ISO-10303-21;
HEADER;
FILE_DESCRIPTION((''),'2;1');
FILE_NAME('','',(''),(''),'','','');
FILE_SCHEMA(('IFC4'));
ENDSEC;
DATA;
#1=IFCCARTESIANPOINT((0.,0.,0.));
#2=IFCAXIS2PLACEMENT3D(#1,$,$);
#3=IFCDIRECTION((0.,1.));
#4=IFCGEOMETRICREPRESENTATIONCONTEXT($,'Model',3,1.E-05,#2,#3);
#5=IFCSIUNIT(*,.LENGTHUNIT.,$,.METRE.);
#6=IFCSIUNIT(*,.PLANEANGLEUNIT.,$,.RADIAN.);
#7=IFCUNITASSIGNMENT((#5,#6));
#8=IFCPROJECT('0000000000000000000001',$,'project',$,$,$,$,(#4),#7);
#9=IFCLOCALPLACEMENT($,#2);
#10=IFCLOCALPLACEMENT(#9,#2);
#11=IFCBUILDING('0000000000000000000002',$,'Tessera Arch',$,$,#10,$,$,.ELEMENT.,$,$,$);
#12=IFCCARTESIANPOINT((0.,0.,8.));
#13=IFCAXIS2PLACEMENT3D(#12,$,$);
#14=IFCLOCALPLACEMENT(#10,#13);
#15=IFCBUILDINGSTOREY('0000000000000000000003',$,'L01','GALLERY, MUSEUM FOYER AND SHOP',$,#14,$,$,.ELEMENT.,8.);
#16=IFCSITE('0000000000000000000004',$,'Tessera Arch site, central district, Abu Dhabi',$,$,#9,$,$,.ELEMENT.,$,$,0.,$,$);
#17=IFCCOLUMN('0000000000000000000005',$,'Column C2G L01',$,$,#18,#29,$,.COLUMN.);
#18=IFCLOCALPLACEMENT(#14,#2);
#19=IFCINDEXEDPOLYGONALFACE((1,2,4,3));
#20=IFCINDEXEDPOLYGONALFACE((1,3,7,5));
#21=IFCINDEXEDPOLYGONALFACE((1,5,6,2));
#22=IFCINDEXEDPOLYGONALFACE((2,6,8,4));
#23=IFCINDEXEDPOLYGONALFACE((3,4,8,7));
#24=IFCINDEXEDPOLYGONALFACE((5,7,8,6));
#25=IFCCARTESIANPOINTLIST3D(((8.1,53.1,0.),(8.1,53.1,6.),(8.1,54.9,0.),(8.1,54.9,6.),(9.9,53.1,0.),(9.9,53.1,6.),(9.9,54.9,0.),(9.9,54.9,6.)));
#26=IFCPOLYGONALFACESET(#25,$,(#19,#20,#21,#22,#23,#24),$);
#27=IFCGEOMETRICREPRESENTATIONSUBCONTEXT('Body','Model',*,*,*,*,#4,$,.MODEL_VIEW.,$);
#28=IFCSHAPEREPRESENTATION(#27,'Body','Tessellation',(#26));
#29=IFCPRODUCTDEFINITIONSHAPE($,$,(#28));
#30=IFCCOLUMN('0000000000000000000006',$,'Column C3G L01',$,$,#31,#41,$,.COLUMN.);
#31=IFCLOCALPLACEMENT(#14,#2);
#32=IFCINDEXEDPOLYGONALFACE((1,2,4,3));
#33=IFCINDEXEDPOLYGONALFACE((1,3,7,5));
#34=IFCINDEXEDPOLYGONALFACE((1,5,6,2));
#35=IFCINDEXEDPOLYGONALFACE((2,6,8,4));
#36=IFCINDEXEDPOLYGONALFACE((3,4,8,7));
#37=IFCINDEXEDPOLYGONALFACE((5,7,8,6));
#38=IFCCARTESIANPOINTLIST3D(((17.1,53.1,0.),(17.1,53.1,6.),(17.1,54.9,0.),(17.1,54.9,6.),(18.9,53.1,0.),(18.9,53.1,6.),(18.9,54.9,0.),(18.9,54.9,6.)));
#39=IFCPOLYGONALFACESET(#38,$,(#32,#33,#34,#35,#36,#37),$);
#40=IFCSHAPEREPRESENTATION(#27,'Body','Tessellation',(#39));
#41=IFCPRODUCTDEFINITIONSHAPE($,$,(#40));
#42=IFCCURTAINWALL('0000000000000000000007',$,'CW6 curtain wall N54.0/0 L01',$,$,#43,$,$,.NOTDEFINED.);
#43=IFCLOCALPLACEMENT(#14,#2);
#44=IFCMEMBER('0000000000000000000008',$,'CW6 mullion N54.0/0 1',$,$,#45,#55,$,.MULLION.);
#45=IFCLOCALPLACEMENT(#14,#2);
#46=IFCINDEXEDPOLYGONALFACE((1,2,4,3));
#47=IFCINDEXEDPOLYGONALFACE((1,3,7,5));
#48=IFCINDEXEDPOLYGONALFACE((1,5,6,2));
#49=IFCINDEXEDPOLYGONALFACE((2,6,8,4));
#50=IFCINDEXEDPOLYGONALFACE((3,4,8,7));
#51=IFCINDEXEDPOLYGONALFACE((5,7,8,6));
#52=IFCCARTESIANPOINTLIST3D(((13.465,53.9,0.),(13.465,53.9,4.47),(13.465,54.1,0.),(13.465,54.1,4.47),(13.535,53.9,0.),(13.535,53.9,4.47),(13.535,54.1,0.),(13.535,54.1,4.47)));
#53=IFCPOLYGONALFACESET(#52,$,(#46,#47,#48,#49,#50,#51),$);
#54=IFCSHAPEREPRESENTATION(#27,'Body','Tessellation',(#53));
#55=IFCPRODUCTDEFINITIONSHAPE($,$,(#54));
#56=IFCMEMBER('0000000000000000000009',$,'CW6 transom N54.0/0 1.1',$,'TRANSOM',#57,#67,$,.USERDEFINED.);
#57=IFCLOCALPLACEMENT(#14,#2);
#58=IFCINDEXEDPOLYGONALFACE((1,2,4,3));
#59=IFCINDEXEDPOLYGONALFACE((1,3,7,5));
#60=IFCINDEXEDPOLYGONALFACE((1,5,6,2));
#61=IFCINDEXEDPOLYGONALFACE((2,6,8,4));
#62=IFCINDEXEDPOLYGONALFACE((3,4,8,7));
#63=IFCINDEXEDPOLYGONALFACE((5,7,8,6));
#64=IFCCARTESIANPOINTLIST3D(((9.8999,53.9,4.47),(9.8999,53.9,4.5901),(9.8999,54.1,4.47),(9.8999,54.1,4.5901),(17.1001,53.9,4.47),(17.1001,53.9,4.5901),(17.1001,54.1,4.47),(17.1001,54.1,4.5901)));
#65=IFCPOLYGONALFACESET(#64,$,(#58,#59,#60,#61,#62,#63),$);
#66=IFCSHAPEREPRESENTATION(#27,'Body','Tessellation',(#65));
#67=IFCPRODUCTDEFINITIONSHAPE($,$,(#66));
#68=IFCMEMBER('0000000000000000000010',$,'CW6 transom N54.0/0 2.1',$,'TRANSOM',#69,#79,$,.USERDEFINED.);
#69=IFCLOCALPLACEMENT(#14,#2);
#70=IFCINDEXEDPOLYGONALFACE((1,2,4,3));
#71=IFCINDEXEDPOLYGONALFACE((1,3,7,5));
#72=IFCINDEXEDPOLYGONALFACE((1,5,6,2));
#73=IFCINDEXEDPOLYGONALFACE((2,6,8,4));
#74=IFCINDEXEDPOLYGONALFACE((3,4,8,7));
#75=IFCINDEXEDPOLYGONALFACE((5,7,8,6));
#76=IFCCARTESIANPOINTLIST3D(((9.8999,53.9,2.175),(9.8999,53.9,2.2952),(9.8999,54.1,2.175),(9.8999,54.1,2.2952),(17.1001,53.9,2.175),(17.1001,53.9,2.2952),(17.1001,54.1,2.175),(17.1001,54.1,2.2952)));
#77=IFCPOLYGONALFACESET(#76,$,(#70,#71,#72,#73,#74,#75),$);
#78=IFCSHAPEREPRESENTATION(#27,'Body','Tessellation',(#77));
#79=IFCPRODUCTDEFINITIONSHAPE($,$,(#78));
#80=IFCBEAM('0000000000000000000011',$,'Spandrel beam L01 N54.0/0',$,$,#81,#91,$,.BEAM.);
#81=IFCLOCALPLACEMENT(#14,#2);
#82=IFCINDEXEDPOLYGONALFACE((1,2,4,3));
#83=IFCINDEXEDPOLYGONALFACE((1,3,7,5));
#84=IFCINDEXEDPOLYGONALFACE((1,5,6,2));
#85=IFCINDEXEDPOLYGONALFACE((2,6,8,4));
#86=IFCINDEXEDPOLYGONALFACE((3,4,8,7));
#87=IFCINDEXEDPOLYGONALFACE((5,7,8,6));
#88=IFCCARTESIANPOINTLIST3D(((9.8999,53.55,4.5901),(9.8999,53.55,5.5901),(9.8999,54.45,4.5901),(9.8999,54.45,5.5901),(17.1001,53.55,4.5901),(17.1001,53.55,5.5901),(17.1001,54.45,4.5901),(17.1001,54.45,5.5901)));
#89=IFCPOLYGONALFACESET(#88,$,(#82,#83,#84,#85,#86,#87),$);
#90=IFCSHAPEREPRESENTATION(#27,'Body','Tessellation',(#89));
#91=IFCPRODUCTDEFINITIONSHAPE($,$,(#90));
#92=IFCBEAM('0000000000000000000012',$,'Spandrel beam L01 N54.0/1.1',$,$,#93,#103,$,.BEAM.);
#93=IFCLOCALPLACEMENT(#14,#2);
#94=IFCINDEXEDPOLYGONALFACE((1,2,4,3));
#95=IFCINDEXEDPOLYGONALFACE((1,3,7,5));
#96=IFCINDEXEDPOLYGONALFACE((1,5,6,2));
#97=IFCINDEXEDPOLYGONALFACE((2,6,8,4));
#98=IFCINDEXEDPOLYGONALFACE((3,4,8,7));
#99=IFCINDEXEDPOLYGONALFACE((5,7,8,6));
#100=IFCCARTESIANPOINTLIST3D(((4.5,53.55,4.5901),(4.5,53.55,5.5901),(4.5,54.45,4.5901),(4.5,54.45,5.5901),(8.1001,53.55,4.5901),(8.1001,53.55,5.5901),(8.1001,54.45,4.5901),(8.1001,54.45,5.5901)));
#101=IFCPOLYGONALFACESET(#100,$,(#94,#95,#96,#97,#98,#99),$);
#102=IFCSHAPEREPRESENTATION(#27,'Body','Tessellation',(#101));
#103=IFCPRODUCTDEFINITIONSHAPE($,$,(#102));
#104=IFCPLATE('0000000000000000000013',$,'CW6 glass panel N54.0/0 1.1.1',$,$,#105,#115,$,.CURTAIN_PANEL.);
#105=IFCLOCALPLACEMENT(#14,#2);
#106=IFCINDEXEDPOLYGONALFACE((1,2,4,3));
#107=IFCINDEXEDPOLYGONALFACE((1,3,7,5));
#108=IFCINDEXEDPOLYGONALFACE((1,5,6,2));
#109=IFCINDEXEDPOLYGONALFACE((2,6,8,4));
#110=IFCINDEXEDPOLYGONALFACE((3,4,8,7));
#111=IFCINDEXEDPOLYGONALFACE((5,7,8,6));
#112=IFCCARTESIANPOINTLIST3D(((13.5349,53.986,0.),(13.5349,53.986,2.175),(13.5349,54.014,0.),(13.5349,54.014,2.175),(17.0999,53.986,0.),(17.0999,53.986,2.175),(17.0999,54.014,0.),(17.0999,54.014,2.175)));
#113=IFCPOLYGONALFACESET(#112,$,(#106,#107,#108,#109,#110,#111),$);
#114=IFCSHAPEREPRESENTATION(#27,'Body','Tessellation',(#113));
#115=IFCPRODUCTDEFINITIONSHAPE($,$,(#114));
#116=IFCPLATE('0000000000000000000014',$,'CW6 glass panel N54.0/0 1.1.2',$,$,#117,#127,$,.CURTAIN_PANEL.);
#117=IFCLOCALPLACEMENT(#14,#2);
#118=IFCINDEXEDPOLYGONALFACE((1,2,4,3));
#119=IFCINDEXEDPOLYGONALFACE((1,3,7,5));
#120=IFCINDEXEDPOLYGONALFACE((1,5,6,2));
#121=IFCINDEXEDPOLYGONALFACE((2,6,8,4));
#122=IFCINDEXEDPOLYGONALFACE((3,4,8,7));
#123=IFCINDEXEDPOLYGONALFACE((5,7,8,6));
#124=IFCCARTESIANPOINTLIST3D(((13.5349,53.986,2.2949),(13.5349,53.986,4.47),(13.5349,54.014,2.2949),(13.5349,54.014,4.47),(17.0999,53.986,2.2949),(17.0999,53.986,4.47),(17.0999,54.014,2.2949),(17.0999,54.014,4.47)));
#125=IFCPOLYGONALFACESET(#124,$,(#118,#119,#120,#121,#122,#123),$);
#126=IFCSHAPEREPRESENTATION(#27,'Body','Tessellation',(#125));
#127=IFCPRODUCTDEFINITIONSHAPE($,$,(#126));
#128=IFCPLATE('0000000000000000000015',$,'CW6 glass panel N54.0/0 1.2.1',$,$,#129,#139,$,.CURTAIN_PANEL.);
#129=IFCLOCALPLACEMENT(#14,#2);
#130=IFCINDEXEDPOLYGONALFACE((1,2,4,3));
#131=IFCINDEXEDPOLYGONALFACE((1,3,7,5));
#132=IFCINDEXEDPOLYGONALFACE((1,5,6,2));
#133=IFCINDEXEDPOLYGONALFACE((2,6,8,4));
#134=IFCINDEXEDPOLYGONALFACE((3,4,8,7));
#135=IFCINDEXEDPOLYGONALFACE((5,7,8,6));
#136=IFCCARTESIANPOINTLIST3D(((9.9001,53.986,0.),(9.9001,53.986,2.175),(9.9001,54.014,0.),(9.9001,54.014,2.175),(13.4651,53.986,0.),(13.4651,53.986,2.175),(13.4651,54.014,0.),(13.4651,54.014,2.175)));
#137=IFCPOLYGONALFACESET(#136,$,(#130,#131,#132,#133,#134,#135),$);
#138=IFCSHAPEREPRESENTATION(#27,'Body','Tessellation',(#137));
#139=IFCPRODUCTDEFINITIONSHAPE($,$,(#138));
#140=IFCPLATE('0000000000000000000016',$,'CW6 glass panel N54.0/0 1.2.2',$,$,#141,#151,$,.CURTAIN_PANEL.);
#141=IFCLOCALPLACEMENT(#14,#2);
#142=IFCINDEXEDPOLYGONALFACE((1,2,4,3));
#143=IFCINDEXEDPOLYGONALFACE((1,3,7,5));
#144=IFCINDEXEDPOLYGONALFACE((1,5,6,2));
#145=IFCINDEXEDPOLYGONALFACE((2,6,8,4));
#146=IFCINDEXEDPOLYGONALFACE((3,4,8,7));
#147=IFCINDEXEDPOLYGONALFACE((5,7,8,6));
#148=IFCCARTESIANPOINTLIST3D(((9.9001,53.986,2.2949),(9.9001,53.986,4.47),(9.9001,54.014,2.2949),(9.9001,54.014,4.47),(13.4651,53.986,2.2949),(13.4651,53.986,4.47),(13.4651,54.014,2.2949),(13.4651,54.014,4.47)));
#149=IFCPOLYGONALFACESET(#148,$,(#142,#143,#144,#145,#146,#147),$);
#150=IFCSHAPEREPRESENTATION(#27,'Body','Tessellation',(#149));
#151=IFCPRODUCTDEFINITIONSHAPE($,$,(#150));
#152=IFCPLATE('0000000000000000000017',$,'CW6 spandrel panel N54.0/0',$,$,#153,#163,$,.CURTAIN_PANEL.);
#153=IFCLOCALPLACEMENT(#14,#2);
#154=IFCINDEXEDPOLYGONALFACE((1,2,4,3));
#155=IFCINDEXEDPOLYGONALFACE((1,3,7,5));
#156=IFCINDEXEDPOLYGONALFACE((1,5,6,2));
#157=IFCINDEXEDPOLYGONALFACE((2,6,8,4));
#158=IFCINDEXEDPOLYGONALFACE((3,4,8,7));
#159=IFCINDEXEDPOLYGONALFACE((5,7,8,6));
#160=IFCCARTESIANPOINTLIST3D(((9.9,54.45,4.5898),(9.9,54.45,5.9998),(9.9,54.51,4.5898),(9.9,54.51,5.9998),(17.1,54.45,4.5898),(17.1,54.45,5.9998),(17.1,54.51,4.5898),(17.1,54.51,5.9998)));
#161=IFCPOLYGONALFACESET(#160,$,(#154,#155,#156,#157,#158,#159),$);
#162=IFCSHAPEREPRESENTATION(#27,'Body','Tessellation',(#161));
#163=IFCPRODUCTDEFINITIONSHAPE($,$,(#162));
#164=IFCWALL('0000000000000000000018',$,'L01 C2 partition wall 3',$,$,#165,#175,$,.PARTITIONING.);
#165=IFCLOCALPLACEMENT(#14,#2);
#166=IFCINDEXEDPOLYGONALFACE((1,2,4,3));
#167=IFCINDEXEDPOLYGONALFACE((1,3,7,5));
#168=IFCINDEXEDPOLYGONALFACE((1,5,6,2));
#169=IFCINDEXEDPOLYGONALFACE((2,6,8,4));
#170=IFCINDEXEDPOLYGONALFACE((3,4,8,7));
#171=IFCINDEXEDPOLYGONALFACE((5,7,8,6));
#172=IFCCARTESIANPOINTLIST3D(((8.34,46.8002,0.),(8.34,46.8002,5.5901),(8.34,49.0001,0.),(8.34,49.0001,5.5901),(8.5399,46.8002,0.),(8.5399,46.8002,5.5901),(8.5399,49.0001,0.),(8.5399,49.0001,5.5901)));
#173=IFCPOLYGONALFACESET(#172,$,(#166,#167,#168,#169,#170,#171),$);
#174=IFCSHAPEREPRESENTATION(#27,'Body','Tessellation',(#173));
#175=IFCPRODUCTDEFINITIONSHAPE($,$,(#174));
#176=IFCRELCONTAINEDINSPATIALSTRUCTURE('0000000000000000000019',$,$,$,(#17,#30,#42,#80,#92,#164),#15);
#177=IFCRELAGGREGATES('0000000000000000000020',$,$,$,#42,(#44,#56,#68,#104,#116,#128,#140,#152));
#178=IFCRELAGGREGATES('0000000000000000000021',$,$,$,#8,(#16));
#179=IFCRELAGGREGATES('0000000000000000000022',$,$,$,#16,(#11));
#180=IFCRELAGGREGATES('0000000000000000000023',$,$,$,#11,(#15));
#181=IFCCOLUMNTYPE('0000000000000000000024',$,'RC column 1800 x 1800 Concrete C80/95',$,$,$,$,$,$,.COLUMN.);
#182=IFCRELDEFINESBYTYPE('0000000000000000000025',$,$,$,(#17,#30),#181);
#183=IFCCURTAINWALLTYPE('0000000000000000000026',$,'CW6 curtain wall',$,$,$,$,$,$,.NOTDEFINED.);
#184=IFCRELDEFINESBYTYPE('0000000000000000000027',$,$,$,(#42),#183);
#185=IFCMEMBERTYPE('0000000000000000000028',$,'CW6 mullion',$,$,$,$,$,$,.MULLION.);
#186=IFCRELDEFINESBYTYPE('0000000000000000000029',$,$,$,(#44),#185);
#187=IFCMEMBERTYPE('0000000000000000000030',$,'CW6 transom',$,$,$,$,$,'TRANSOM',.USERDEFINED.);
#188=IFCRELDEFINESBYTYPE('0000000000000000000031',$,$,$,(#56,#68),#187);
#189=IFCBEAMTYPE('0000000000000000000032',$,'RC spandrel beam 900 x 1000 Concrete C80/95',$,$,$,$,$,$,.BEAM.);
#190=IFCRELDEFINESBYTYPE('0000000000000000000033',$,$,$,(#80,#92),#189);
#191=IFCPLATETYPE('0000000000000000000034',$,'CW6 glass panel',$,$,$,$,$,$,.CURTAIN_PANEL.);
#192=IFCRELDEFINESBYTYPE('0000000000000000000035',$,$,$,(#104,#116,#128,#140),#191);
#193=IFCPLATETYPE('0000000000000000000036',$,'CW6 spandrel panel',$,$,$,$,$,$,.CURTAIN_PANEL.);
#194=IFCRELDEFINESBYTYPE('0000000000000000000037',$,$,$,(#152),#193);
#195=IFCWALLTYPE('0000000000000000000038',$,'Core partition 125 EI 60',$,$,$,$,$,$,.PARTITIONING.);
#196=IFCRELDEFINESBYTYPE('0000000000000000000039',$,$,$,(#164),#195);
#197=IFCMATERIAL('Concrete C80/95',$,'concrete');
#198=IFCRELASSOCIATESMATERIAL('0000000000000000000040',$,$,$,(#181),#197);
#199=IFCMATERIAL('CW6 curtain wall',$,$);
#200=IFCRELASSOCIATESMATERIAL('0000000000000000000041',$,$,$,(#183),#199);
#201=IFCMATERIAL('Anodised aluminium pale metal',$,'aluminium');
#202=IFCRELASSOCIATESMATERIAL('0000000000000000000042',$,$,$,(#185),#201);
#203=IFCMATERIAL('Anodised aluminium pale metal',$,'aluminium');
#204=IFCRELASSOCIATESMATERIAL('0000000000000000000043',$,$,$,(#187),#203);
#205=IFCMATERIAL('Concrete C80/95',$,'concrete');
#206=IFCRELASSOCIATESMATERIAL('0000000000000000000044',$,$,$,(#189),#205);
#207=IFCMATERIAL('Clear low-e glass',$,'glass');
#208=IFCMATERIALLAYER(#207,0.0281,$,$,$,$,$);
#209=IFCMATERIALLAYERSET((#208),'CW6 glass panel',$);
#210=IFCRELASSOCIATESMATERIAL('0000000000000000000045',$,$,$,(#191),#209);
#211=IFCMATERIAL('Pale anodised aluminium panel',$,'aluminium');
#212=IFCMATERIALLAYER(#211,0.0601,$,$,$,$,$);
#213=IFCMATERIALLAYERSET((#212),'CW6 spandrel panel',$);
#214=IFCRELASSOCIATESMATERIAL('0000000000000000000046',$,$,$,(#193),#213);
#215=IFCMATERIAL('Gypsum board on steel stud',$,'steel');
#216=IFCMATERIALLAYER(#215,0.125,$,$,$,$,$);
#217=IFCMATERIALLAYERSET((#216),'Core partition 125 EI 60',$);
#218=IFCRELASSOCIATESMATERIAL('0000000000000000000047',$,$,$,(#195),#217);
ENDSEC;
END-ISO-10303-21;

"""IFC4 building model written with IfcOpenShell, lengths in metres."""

from ifc_helpers import new_model, si_unit, direction, frame, frame_2d, origin, origin_2d, place, context, subcontext, project, spatial, rectangle, extrude, material, layer, layer_set, material_profile, profile_set, type_object, element, aggregate, save


model = new_model("IFC4")

# Units and contexts
model_context = context("Model", 3, precision=1e-05, world=origin(), true_north=direction((0.0, 1.0)))
body_context = subcontext(model_context, "Body", "Model", "MODEL_VIEW")
ifc_project = project(units=[si_unit("LENGTHUNIT", "METRE"), si_unit("PLANEANGLEUNIT", "RADIAN")], contexts=[model_context])

# Site, building, storey
site_placement = place(None, origin())
site = spatial("IfcSite", under=ifc_project, at=site_placement, Name="Tessera Arch site, central district, Abu Dhabi", CompositionType="ELEMENT", RefElevation=0.0)
building_placement = place(site_placement, origin())
building = spatial("IfcBuilding", under=site, at=building_placement, Name="Tessera Arch", CompositionType="ELEMENT")
storey_placement = place(building_placement, frame((0.0, 0.0, 8.0)))
storey = spatial("IfcBuildingStorey", under=building, at=storey_placement, Name="L01", Description="GALLERY, MUSEUM FOYER AND SHOP", CompositionType="ELEMENT", Elevation=8.0)

# Columns
ifc_material_1 = material(Name="Concrete C80/95", Category="concrete")
ifc_material_profile_1 = material_profile(ifc_material_1, rectangle(XDim=1.8, YDim=1.8, at=origin_2d()), Name="RC column 1800 x 1800 Concrete C80/95")
ifc_profile_set_1 = profile_set([ifc_material_profile_1], Name="Concrete C80/95")
column_type = type_object("IfcColumnType", Name="RC column 1800 x 1800 Concrete C80/95", PredefinedType="COLUMN", material=ifc_profile_set_1)
for number, where, z_axis, x_axis, name in (
    (1, (9.0, 54.0, 0.0), (0.0, 0.0, 1.0), (1.0, 0.0, 0.0), "Column C2G L01"),
    (2, (18.0, 54.0, 0.0), (0.0, 0.0, 1.0), (1.0, 0.0, 0.0), "Column C3G L01"),
):
    element("IfcColumn", number, at=place(storey_placement, frame(where, z_axis=z_axis, x_axis=x_axis)), inside=storey, type_object=column_type, Name=name, PredefinedType="COLUMN", context=body_context, shape_type="SweptSolid", body=[
        extrude(rectangle(XDim=1.8, YDim=1.8, at=origin_2d()), origin(), (0.0, 0.0, 1.0), 6.0),
    ])

# Curtain wall, members
ifc_material_2 = material(Name="CW6 curtain wall")
curtain_wall_type = type_object("IfcCurtainWallType", Name="CW6 curtain wall", PredefinedType="NOTDEFINED", material=ifc_material_2)
curtain_wall_placement = place(storey_placement, origin())
curtain_wall = element("IfcCurtainWall", 3, at=curtain_wall_placement, inside=storey, type_object=curtain_wall_type, Name="CW6 curtain wall N54.0/0 L01", PredefinedType="NOTDEFINED")
ifc_material_3 = material(Name="Anodised aluminium pale metal", Category="aluminium")
ifc_material_profile_2 = material_profile(ifc_material_3, rectangle(XDim=0.2, YDim=0.0701, at=origin_2d()), Name="AL 70x200")
ifc_profile_set_2 = profile_set([ifc_material_profile_2], Name="Anodised aluminium pale metal")
member_type_1 = type_object("IfcMemberType", Name="CW6 mullion", PredefinedType="MULLION", material=ifc_profile_set_2)
member_1_placement = place(storey_placement, frame((13.5, 54.0, 0.0), z_axis=(0.0, 0.0, 1.0), x_axis=(0.0, -1.0, 0.0)))
member_1 = element("IfcMember", 4, at=member_1_placement, type_object=member_type_1, Name="CW6 mullion N54.0/0 1", PredefinedType="MULLION", context=body_context, shape_type="SweptSolid", body=[
    extrude(rectangle(XDim=0.2, YDim=0.0701, at=origin_2d()), origin(), (0.0, 0.0, 1.0), 4.47),
])
ifc_material_4 = material(Name="Anodised aluminium pale metal", Category="aluminium")
ifc_material_profile_3 = material_profile(ifc_material_4, rectangle(XDim=0.2, YDim=0.1201, at=origin_2d()), Name="AL 200x120")
ifc_profile_set_3 = profile_set([ifc_material_profile_3], Name="Anodised aluminium pale metal")
member_type_2 = type_object("IfcMemberType", Name="CW6 transom", ElementType="TRANSOM", PredefinedType="USERDEFINED", material=ifc_profile_set_3)
member_2_placement = place(storey_placement, frame((17.1001, 54.0, 4.53), z_axis=(-1.0, 0.0, 0.0), x_axis=(0.0, -1.0, 0.0)))
member_2 = element("IfcMember", 5, at=member_2_placement, type_object=member_type_2, Name="CW6 transom N54.0/0 1.1", ObjectType="TRANSOM", PredefinedType="USERDEFINED", context=body_context, shape_type="SweptSolid", body=[
    extrude(rectangle(XDim=0.2, YDim=0.1201, at=origin_2d()), origin(), (0.0, 0.0, 1.0), 7.2002),
])
member_3_placement = place(storey_placement, frame((17.1001, 54.0, 2.2351), z_axis=(-1.0, 0.0, 0.0), x_axis=(0.0, -1.0, 0.0)))
member_3 = element("IfcMember", 6, at=member_3_placement, type_object=member_type_2, Name="CW6 transom N54.0/0 2.1", ObjectType="TRANSOM", PredefinedType="USERDEFINED", context=body_context, shape_type="SweptSolid", body=[
    extrude(rectangle(XDim=0.2, YDim=0.1201, at=origin_2d()), origin(), (0.0, 0.0, 1.0), 7.2002),
])

# Beams
ifc_material_5 = material(Name="Concrete C80/95", Category="concrete")
ifc_material_profile_4 = material_profile(ifc_material_5, rectangle(XDim=0.8999, YDim=1.0, at=origin_2d()), Name="RC spandrel beam 900 x 1000 Concrete C80/95")
ifc_profile_set_4 = profile_set([ifc_material_profile_4], Name="Concrete C80/95")
beam_type = type_object("IfcBeamType", Name="RC spandrel beam 900 x 1000 Concrete C80/95", PredefinedType="BEAM", material=ifc_profile_set_4)
beam_1_placement = place(storey_placement, frame((17.1001, 54.0, 5.0901), z_axis=(-1.0, 0.0, 0.0), x_axis=(0.0, -1.0, 0.0)))
element("IfcBeam", 7, at=beam_1_placement, inside=storey, type_object=beam_type, Name="Spandrel beam L01 N54.0/0", PredefinedType="BEAM", context=body_context, shape_type="SweptSolid", body=[
    extrude(rectangle(XDim=0.8999, YDim=1.0, at=origin_2d()), origin(), (0.0, 0.0, 1.0), 7.2002),
])
beam_2_placement = place(storey_placement, frame((8.1001, 54.0, 5.0901), z_axis=(-1.0, 0.0, 0.0), x_axis=(0.0, -1.0, 0.0)))
element("IfcBeam", 8, at=beam_2_placement, inside=storey, type_object=beam_type, Name="Spandrel beam L01 N54.0/1.1", PredefinedType="BEAM", context=body_context, shape_type="SweptSolid", body=[
    extrude(rectangle(XDim=0.8999, YDim=1.0, at=origin_2d()), origin(), (0.0, 0.0, 1.0), 3.6001),
])

# Plates
ifc_material_6 = material(Name="Clear low-e glass", Category="glass")
ifc_layer_1 = layer(ifc_material_6, 0.0281)
ifc_layer_set_1 = layer_set([ifc_layer_1], Name="CW6 glass panel")
plate_type_1 = type_object("IfcPlateType", Name="CW6 glass panel", PredefinedType="CURTAIN_PANEL", material=ifc_layer_set_1)
plate_1_placement = place(storey_placement, frame((15.3174, 54.0, 0.0), z_axis=(0.0, 0.0, 1.0), x_axis=(-1.0, 0.0, 0.0)))
plate_1 = element("IfcPlate", 9, at=plate_1_placement, type_object=plate_type_1, Name="CW6 glass panel N54.0/0 1.1.1", PredefinedType="CURTAIN_PANEL", context=body_context, shape_type="SweptSolid", body=[
    extrude(rectangle(XDim=3.5649, YDim=0.0281, at=origin_2d()), origin(), (0.0, 0.0, 1.0), 2.175),
])
plate_2_placement = place(storey_placement, frame((15.3174, 54.0, 2.2949), z_axis=(0.0, 0.0, 1.0), x_axis=(-1.0, 0.0, 0.0)))
plate_2 = element("IfcPlate", 10, at=plate_2_placement, type_object=plate_type_1, Name="CW6 glass panel N54.0/0 1.1.2", PredefinedType="CURTAIN_PANEL", context=body_context, shape_type="SweptSolid", body=[
    extrude(rectangle(XDim=3.5649, YDim=0.0281, at=origin_2d()), origin(), (0.0, 0.0, 1.0), 2.175),
])
plate_3_placement = place(storey_placement, frame((11.6826, 54.0, 0.0), z_axis=(0.0, 0.0, 1.0), x_axis=(-1.0, 0.0, 0.0)))
plate_3 = element("IfcPlate", 11, at=plate_3_placement, type_object=plate_type_1, Name="CW6 glass panel N54.0/0 1.2.1", PredefinedType="CURTAIN_PANEL", context=body_context, shape_type="SweptSolid", body=[
    extrude(rectangle(XDim=3.5649, YDim=0.0281, at=origin_2d()), origin(), (0.0, 0.0, 1.0), 2.175),
])
plate_4_placement = place(storey_placement, frame((11.6826, 54.0, 2.2949), z_axis=(0.0, 0.0, 1.0), x_axis=(-1.0, 0.0, 0.0)))
plate_4 = element("IfcPlate", 12, at=plate_4_placement, type_object=plate_type_1, Name="CW6 glass panel N54.0/0 1.2.2", PredefinedType="CURTAIN_PANEL", context=body_context, shape_type="SweptSolid", body=[
    extrude(rectangle(XDim=3.5649, YDim=0.0281, at=origin_2d()), origin(), (0.0, 0.0, 1.0), 2.175),
])
ifc_material_7 = material(Name="Pale anodised aluminium panel", Category="aluminium")
ifc_layer_2 = layer(ifc_material_7, 0.0601)
ifc_layer_set_2 = layer_set([ifc_layer_2], Name="CW6 spandrel panel")
plate_type_2 = type_object("IfcPlateType", Name="CW6 spandrel panel", PredefinedType="CURTAIN_PANEL", material=ifc_layer_set_2)
plate_5_placement = place(storey_placement, frame((13.5, 54.48, 4.5898), z_axis=(0.0, 0.0, 1.0), x_axis=(-1.0, 0.0, 0.0)))
plate_5 = element("IfcPlate", 13, at=plate_5_placement, type_object=plate_type_2, Name="CW6 spandrel panel N54.0/0", PredefinedType="CURTAIN_PANEL", context=body_context, shape_type="SweptSolid", body=[
    extrude(rectangle(XDim=7.2, YDim=0.0601, at=origin_2d()), origin(), (0.0, 0.0, 1.0), 1.4099),
])
aggregate(curtain_wall, [member_1, member_2, member_3, plate_1, plate_2, plate_3, plate_4, plate_5])

# Wall
ifc_material_8 = material(Name="Gypsum board on steel stud", Category="steel")
ifc_layer_3 = layer(ifc_material_8, 0.125)
ifc_layer_set_3 = layer_set([ifc_layer_3], Name="Core partition 125 EI 60")
wall_type_1 = type_object("IfcWallType", Name="Core partition 125 EI 60", PredefinedType="PARTITIONING", material=ifc_layer_set_3)
wall_1_placement = place(storey_placement, frame((8.4399, 46.8, 0.0), z_axis=(0.0, 0.0, 1.0), x_axis=(0.0, 1.0, 0.0)))
element("IfcWall", 14, at=wall_1_placement, inside=storey, type_object=wall_type_1, Name="L01 C2 partition wall 3", PredefinedType="PARTITIONING", context=body_context, shape_type="SweptSolid", body=[
    extrude(rectangle(XDim=2.2, YDim=0.2, at=frame_2d((1.1001, 0.0))), origin(), (0.0, 0.0, 1.0), 5.5901),
])

save(model, "model.ifc")
